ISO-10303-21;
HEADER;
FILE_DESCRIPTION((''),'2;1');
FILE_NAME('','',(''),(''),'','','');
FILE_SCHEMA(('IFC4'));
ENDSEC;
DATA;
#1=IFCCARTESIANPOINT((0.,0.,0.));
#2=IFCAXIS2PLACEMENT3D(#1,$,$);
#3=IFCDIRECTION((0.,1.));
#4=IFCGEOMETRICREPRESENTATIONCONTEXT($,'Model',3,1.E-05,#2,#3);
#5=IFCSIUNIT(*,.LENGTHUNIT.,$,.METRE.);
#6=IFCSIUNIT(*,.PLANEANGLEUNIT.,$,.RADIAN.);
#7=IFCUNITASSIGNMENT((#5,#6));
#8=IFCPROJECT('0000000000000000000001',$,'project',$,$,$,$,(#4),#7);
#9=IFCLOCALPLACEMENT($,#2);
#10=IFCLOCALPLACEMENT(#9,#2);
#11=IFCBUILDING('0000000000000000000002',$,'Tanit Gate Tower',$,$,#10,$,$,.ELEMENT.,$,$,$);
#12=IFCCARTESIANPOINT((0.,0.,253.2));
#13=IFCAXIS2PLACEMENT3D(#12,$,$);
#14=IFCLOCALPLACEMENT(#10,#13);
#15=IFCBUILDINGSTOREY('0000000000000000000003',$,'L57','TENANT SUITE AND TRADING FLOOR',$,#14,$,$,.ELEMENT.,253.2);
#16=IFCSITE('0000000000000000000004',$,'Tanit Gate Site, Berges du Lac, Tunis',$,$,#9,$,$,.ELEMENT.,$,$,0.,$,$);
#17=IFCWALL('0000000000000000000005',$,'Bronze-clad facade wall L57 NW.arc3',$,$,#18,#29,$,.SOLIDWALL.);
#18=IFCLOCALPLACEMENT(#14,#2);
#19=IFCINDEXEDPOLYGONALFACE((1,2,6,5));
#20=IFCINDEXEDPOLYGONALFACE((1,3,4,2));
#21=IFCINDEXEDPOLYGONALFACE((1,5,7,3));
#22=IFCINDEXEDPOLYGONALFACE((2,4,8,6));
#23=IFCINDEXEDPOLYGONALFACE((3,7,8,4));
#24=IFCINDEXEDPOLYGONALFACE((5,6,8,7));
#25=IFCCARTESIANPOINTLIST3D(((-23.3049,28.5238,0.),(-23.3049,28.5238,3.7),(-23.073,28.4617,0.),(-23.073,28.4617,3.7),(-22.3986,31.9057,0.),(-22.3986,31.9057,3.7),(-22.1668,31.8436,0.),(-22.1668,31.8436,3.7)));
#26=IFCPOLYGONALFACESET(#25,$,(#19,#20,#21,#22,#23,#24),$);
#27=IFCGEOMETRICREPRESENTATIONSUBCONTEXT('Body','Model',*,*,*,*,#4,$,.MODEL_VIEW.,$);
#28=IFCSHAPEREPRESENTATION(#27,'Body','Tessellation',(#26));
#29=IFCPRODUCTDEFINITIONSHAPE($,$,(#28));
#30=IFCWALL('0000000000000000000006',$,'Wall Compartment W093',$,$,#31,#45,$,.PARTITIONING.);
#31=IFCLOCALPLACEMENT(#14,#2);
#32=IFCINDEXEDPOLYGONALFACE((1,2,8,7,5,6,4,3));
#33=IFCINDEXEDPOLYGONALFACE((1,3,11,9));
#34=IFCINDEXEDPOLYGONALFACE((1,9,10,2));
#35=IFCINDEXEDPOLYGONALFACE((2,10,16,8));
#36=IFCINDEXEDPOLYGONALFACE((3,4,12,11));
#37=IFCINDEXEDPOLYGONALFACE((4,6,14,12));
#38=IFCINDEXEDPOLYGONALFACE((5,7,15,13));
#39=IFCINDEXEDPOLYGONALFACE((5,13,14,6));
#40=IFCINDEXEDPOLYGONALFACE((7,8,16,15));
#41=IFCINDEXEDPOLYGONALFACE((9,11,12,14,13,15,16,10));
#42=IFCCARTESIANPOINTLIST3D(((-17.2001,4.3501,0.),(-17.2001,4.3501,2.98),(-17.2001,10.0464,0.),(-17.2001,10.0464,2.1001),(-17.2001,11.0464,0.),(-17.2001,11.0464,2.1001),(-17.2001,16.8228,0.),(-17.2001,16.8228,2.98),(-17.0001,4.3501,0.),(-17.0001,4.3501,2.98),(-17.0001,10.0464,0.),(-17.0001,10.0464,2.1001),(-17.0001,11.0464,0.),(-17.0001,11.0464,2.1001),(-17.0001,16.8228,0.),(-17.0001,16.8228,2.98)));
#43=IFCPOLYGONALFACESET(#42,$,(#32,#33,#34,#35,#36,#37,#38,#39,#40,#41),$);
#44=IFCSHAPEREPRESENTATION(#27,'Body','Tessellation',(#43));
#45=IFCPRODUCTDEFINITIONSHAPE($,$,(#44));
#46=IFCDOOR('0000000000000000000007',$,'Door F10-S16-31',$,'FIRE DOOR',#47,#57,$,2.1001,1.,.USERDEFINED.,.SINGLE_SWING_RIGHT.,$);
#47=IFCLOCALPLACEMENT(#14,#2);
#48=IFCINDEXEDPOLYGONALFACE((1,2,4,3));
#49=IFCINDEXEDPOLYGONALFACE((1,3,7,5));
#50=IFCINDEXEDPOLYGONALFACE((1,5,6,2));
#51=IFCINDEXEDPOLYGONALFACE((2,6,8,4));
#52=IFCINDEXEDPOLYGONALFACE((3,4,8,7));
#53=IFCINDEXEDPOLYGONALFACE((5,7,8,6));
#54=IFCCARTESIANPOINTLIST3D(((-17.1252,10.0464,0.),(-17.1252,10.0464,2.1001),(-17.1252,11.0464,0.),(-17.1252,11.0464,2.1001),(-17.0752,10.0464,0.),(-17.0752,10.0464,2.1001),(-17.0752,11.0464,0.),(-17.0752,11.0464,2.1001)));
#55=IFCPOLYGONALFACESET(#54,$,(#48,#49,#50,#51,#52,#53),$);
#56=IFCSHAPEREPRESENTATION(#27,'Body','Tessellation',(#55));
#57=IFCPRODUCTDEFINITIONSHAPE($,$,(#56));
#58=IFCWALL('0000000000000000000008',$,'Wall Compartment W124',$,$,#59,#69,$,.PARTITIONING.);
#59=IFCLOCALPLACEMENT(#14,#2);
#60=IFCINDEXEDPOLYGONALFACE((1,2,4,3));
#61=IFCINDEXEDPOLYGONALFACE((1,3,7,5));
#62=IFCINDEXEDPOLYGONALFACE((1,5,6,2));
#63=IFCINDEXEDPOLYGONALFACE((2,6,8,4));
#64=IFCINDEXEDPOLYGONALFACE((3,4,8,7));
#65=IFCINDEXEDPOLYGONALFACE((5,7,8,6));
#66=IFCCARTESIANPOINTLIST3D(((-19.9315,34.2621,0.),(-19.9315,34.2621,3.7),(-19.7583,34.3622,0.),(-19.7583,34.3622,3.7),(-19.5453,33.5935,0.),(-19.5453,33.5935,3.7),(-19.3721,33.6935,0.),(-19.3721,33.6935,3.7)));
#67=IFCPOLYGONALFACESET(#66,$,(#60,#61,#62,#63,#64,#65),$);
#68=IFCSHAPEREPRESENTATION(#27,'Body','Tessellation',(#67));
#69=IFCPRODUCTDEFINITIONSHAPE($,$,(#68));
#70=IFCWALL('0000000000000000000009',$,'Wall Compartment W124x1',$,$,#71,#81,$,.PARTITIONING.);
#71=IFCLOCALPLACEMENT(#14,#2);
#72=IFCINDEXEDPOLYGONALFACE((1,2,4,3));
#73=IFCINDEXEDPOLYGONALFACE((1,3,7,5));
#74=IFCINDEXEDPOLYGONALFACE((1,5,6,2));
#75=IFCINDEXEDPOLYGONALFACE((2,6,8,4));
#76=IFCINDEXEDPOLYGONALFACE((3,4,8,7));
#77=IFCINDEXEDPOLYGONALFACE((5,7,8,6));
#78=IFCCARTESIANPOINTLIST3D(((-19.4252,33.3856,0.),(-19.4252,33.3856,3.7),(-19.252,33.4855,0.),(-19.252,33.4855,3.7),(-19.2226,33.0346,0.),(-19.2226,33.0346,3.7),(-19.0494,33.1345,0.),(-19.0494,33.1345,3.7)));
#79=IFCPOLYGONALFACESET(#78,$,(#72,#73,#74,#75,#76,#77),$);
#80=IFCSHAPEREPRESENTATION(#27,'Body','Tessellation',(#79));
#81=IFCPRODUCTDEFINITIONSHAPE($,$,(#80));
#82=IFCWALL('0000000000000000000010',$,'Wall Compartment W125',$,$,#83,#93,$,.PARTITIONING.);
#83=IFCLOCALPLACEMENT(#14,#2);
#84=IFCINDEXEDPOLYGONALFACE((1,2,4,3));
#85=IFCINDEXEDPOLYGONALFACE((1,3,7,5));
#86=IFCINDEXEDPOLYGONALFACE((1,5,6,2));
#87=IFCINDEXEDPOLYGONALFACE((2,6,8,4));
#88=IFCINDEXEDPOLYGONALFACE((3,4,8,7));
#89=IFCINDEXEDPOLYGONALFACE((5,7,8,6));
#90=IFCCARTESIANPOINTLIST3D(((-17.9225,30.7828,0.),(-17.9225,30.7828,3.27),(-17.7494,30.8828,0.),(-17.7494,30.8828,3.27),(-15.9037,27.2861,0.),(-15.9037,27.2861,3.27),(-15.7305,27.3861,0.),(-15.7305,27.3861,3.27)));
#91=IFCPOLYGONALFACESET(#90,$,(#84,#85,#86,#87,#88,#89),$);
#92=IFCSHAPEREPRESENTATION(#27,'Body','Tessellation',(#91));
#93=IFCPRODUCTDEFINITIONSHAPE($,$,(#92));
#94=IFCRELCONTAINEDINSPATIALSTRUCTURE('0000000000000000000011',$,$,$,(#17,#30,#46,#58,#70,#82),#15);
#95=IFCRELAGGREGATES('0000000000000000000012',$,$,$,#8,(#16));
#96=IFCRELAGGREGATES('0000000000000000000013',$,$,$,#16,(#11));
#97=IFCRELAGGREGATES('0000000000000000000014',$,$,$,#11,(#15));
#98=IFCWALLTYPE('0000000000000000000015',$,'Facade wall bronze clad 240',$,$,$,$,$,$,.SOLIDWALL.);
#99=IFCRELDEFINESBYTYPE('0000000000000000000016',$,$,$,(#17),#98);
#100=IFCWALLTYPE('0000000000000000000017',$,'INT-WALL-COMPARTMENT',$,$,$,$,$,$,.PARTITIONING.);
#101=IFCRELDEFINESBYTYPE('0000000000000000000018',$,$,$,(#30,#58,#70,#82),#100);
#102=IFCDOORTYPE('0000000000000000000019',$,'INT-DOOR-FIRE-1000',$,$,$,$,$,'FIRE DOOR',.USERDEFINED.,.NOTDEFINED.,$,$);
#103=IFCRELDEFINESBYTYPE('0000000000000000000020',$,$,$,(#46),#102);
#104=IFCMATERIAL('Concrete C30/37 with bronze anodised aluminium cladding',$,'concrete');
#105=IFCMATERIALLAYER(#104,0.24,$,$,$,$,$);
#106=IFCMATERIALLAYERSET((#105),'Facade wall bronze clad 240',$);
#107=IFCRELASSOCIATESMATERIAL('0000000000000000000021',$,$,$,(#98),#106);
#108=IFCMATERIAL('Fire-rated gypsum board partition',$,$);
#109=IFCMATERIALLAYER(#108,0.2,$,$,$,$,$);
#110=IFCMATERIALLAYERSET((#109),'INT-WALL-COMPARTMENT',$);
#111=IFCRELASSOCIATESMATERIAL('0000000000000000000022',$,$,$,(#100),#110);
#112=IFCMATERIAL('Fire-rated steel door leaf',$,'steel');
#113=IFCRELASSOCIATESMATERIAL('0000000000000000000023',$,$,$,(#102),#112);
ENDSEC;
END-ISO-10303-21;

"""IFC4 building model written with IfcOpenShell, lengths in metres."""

from ifc_helpers import new_model, si_unit, direction, frame, frame_2d, origin, place, context, subcontext, project, spatial, rectangle, extrude, material, layer, layer_set, type_object, element, fill, save


model = new_model("IFC4")

# Units and contexts
model_context = context("Model", 3, precision=1e-05, world=origin(), true_north=direction((0.0, 1.0)))
body_context = subcontext(model_context, "Body", "Model", "MODEL_VIEW")
ifc_project = project(units=[si_unit("LENGTHUNIT", "METRE"), si_unit("PLANEANGLEUNIT", "RADIAN")], contexts=[model_context])

# Site, building, storey
site_placement = place(None, origin())
site = spatial("IfcSite", under=ifc_project, at=site_placement, Name="Tanit Gate Site, Berges du Lac, Tunis", CompositionType="ELEMENT", RefElevation=0.0)
building_placement = place(site_placement, origin())
building = spatial("IfcBuilding", under=site, at=building_placement, Name="Tanit Gate Tower", CompositionType="ELEMENT")
storey_placement = place(building_placement, frame((0.0, 0.0, 253.2)))
storey = spatial("IfcBuildingStorey", under=building, at=storey_placement, Name="L57", Description="TENANT SUITE AND TRADING FLOOR", CompositionType="ELEMENT", Elevation=253.2)

# Wall
ifc_material_1 = material(Name="Concrete C30/37 with bronze anodised aluminium cladding", Category="concrete")
ifc_layer_1 = layer(ifc_material_1, 0.24)
ifc_layer_set_1 = layer_set([ifc_layer_1], Name="Facade wall bronze clad 240")
wall_type_1 = type_object("IfcWallType", Name="Facade wall bronze clad 240", PredefinedType="SOLIDWALL", material=ifc_layer_set_1)
wall_1_placement = place(storey_placement, frame((-22.2827, 31.8745, 0.0), z_axis=(0.0, 0.0, 1.0), x_axis=(-0.258843, -0.965919, 0.0)))
element("IfcWall", 1, at=wall_1_placement, inside=storey, type_object=wall_type_1, Name="Bronze-clad facade wall L57 NW.arc3", PredefinedType="SOLIDWALL", context=body_context, shape_type="SweptSolid", body=[
    extrude(rectangle(XDim=3.5012, YDim=0.24, at=frame_2d((1.7505, 0.0))), origin(), (0.0, 0.0, 1.0), 3.7),
])

# Wall, opening, door
ifc_material_2 = material(Name="Fire-rated gypsum board partition")
ifc_layer_2 = layer(ifc_material_2, 0.2)
ifc_layer_set_2 = layer_set([ifc_layer_2], Name="INT-WALL-COMPARTMENT")
wall_type_2 = type_object("IfcWallType", Name="INT-WALL-COMPARTMENT", PredefinedType="PARTITIONING", material=ifc_layer_set_2)
wall_2_placement = place(storey_placement, frame((-17.1001, 16.8228, 0.0), z_axis=(0.0, 0.0, 1.0), x_axis=(0.0, -1.0, 0.0)))
wall_2 = element("IfcWall", 2, at=wall_2_placement, inside=storey, type_object=wall_type_2, Name="Wall Compartment W093", PredefinedType="PARTITIONING", context=body_context, shape_type="SweptSolid", body=[
    extrude(rectangle(XDim=12.4727, YDim=0.2, at=frame_2d((6.2363, 0.0))), origin(), (0.0, 0.0, 1.0), 2.98),
])
opening_placement = place(wall_2_placement, frame((5.7764, 0.0, 0.0)))
opening = element("IfcOpeningElement", 3, at=opening_placement, cuts=wall_2, PredefinedType="OPENING", context=body_context, shape_type="SweptSolid", body=[
    extrude(rectangle(XDim=1.0, YDim=2.1001, at=frame_2d((0.5, 1.05))), frame((0.0, 0.1099, 0.0), z_axis=(0.0, -1.0, 0.0), x_axis=(1.0, 0.0, 0.0)), (0.0, 0.0, 1.0), 0.22),
])
ifc_material_3 = material(Name="Fire-rated steel door leaf", Category="steel")
door_type = type_object("IfcDoorType", Name="INT-DOOR-FIRE-1000", ElementType="FIRE DOOR", OperationType="NOTDEFINED", PredefinedType="USERDEFINED", material=ifc_material_3)
door_placement = place(opening_placement, origin())
door = element("IfcDoor", 4, at=door_placement, inside=storey, type_object=door_type, Name="Door F10-S16-31", ObjectType="FIRE DOOR", OperationType="SINGLE_SWING_RIGHT", OverallHeight=2.1001, OverallWidth=1.0, PredefinedType="USERDEFINED", context=body_context, shape_type="SweptSolid", body=[
    extrude(rectangle(XDim=1.0, YDim=2.1001, at=frame_2d((0.5, 1.05))), frame((0.0, 0.0249, 0.0), z_axis=(0.0, -1.0, 0.0), x_axis=(1.0, 0.0, 0.0)), (0.0, 0.0, 1.0), 0.05),
])
fill(opening, door)

# Walls
wall_3_placement = place(storey_placement, frame((-19.845, 34.3123, 0.0), z_axis=(0.0, 0.0, 1.0), x_axis=(0.500151, -0.865938, 0.0)))
element("IfcWall", 5, at=wall_3_placement, inside=storey, type_object=wall_type_2, Name="Wall Compartment W124", PredefinedType="PARTITIONING", context=body_context, shape_type="SweptSolid", body=[
    extrude(rectangle(XDim=0.7722, YDim=0.2, at=frame_2d((0.3862, 0.0))), origin(), (0.0, 0.0, 1.0), 3.7),
])
wall_4_placement = place(storey_placement, frame((-19.3386, 33.4355, 0.0), z_axis=(0.0, 0.0, 1.0), x_axis=(0.499896, -0.866085, 0.0)))
element("IfcWall", 6, at=wall_4_placement, inside=storey, type_object=wall_type_2, Name="Wall Compartment W124x1", PredefinedType="PARTITIONING", context=body_context, shape_type="SweptSolid", body=[
    extrude(rectangle(XDim=0.4053, YDim=0.2, at=frame_2d((0.2026, 0.0))), origin(), (0.0, 0.0, 1.0), 3.7),
])
wall_5_placement = place(storey_placement, frame((-17.8359, 30.8328, 0.0), z_axis=(0.0, 0.0, 1.0), x_axis=(0.500009, -0.86602, 0.0)))
element("IfcWall", 7, at=wall_5_placement, inside=storey, type_object=wall_type_2, Name="Wall Compartment W125", PredefinedType="PARTITIONING", context=body_context, shape_type="SweptSolid", body=[
    extrude(rectangle(XDim=4.0376, YDim=0.2, at=frame_2d((2.0188, 0.0))), origin(), (0.0, 0.0, 1.0), 3.27),
])

save(model, "model.ifc")
